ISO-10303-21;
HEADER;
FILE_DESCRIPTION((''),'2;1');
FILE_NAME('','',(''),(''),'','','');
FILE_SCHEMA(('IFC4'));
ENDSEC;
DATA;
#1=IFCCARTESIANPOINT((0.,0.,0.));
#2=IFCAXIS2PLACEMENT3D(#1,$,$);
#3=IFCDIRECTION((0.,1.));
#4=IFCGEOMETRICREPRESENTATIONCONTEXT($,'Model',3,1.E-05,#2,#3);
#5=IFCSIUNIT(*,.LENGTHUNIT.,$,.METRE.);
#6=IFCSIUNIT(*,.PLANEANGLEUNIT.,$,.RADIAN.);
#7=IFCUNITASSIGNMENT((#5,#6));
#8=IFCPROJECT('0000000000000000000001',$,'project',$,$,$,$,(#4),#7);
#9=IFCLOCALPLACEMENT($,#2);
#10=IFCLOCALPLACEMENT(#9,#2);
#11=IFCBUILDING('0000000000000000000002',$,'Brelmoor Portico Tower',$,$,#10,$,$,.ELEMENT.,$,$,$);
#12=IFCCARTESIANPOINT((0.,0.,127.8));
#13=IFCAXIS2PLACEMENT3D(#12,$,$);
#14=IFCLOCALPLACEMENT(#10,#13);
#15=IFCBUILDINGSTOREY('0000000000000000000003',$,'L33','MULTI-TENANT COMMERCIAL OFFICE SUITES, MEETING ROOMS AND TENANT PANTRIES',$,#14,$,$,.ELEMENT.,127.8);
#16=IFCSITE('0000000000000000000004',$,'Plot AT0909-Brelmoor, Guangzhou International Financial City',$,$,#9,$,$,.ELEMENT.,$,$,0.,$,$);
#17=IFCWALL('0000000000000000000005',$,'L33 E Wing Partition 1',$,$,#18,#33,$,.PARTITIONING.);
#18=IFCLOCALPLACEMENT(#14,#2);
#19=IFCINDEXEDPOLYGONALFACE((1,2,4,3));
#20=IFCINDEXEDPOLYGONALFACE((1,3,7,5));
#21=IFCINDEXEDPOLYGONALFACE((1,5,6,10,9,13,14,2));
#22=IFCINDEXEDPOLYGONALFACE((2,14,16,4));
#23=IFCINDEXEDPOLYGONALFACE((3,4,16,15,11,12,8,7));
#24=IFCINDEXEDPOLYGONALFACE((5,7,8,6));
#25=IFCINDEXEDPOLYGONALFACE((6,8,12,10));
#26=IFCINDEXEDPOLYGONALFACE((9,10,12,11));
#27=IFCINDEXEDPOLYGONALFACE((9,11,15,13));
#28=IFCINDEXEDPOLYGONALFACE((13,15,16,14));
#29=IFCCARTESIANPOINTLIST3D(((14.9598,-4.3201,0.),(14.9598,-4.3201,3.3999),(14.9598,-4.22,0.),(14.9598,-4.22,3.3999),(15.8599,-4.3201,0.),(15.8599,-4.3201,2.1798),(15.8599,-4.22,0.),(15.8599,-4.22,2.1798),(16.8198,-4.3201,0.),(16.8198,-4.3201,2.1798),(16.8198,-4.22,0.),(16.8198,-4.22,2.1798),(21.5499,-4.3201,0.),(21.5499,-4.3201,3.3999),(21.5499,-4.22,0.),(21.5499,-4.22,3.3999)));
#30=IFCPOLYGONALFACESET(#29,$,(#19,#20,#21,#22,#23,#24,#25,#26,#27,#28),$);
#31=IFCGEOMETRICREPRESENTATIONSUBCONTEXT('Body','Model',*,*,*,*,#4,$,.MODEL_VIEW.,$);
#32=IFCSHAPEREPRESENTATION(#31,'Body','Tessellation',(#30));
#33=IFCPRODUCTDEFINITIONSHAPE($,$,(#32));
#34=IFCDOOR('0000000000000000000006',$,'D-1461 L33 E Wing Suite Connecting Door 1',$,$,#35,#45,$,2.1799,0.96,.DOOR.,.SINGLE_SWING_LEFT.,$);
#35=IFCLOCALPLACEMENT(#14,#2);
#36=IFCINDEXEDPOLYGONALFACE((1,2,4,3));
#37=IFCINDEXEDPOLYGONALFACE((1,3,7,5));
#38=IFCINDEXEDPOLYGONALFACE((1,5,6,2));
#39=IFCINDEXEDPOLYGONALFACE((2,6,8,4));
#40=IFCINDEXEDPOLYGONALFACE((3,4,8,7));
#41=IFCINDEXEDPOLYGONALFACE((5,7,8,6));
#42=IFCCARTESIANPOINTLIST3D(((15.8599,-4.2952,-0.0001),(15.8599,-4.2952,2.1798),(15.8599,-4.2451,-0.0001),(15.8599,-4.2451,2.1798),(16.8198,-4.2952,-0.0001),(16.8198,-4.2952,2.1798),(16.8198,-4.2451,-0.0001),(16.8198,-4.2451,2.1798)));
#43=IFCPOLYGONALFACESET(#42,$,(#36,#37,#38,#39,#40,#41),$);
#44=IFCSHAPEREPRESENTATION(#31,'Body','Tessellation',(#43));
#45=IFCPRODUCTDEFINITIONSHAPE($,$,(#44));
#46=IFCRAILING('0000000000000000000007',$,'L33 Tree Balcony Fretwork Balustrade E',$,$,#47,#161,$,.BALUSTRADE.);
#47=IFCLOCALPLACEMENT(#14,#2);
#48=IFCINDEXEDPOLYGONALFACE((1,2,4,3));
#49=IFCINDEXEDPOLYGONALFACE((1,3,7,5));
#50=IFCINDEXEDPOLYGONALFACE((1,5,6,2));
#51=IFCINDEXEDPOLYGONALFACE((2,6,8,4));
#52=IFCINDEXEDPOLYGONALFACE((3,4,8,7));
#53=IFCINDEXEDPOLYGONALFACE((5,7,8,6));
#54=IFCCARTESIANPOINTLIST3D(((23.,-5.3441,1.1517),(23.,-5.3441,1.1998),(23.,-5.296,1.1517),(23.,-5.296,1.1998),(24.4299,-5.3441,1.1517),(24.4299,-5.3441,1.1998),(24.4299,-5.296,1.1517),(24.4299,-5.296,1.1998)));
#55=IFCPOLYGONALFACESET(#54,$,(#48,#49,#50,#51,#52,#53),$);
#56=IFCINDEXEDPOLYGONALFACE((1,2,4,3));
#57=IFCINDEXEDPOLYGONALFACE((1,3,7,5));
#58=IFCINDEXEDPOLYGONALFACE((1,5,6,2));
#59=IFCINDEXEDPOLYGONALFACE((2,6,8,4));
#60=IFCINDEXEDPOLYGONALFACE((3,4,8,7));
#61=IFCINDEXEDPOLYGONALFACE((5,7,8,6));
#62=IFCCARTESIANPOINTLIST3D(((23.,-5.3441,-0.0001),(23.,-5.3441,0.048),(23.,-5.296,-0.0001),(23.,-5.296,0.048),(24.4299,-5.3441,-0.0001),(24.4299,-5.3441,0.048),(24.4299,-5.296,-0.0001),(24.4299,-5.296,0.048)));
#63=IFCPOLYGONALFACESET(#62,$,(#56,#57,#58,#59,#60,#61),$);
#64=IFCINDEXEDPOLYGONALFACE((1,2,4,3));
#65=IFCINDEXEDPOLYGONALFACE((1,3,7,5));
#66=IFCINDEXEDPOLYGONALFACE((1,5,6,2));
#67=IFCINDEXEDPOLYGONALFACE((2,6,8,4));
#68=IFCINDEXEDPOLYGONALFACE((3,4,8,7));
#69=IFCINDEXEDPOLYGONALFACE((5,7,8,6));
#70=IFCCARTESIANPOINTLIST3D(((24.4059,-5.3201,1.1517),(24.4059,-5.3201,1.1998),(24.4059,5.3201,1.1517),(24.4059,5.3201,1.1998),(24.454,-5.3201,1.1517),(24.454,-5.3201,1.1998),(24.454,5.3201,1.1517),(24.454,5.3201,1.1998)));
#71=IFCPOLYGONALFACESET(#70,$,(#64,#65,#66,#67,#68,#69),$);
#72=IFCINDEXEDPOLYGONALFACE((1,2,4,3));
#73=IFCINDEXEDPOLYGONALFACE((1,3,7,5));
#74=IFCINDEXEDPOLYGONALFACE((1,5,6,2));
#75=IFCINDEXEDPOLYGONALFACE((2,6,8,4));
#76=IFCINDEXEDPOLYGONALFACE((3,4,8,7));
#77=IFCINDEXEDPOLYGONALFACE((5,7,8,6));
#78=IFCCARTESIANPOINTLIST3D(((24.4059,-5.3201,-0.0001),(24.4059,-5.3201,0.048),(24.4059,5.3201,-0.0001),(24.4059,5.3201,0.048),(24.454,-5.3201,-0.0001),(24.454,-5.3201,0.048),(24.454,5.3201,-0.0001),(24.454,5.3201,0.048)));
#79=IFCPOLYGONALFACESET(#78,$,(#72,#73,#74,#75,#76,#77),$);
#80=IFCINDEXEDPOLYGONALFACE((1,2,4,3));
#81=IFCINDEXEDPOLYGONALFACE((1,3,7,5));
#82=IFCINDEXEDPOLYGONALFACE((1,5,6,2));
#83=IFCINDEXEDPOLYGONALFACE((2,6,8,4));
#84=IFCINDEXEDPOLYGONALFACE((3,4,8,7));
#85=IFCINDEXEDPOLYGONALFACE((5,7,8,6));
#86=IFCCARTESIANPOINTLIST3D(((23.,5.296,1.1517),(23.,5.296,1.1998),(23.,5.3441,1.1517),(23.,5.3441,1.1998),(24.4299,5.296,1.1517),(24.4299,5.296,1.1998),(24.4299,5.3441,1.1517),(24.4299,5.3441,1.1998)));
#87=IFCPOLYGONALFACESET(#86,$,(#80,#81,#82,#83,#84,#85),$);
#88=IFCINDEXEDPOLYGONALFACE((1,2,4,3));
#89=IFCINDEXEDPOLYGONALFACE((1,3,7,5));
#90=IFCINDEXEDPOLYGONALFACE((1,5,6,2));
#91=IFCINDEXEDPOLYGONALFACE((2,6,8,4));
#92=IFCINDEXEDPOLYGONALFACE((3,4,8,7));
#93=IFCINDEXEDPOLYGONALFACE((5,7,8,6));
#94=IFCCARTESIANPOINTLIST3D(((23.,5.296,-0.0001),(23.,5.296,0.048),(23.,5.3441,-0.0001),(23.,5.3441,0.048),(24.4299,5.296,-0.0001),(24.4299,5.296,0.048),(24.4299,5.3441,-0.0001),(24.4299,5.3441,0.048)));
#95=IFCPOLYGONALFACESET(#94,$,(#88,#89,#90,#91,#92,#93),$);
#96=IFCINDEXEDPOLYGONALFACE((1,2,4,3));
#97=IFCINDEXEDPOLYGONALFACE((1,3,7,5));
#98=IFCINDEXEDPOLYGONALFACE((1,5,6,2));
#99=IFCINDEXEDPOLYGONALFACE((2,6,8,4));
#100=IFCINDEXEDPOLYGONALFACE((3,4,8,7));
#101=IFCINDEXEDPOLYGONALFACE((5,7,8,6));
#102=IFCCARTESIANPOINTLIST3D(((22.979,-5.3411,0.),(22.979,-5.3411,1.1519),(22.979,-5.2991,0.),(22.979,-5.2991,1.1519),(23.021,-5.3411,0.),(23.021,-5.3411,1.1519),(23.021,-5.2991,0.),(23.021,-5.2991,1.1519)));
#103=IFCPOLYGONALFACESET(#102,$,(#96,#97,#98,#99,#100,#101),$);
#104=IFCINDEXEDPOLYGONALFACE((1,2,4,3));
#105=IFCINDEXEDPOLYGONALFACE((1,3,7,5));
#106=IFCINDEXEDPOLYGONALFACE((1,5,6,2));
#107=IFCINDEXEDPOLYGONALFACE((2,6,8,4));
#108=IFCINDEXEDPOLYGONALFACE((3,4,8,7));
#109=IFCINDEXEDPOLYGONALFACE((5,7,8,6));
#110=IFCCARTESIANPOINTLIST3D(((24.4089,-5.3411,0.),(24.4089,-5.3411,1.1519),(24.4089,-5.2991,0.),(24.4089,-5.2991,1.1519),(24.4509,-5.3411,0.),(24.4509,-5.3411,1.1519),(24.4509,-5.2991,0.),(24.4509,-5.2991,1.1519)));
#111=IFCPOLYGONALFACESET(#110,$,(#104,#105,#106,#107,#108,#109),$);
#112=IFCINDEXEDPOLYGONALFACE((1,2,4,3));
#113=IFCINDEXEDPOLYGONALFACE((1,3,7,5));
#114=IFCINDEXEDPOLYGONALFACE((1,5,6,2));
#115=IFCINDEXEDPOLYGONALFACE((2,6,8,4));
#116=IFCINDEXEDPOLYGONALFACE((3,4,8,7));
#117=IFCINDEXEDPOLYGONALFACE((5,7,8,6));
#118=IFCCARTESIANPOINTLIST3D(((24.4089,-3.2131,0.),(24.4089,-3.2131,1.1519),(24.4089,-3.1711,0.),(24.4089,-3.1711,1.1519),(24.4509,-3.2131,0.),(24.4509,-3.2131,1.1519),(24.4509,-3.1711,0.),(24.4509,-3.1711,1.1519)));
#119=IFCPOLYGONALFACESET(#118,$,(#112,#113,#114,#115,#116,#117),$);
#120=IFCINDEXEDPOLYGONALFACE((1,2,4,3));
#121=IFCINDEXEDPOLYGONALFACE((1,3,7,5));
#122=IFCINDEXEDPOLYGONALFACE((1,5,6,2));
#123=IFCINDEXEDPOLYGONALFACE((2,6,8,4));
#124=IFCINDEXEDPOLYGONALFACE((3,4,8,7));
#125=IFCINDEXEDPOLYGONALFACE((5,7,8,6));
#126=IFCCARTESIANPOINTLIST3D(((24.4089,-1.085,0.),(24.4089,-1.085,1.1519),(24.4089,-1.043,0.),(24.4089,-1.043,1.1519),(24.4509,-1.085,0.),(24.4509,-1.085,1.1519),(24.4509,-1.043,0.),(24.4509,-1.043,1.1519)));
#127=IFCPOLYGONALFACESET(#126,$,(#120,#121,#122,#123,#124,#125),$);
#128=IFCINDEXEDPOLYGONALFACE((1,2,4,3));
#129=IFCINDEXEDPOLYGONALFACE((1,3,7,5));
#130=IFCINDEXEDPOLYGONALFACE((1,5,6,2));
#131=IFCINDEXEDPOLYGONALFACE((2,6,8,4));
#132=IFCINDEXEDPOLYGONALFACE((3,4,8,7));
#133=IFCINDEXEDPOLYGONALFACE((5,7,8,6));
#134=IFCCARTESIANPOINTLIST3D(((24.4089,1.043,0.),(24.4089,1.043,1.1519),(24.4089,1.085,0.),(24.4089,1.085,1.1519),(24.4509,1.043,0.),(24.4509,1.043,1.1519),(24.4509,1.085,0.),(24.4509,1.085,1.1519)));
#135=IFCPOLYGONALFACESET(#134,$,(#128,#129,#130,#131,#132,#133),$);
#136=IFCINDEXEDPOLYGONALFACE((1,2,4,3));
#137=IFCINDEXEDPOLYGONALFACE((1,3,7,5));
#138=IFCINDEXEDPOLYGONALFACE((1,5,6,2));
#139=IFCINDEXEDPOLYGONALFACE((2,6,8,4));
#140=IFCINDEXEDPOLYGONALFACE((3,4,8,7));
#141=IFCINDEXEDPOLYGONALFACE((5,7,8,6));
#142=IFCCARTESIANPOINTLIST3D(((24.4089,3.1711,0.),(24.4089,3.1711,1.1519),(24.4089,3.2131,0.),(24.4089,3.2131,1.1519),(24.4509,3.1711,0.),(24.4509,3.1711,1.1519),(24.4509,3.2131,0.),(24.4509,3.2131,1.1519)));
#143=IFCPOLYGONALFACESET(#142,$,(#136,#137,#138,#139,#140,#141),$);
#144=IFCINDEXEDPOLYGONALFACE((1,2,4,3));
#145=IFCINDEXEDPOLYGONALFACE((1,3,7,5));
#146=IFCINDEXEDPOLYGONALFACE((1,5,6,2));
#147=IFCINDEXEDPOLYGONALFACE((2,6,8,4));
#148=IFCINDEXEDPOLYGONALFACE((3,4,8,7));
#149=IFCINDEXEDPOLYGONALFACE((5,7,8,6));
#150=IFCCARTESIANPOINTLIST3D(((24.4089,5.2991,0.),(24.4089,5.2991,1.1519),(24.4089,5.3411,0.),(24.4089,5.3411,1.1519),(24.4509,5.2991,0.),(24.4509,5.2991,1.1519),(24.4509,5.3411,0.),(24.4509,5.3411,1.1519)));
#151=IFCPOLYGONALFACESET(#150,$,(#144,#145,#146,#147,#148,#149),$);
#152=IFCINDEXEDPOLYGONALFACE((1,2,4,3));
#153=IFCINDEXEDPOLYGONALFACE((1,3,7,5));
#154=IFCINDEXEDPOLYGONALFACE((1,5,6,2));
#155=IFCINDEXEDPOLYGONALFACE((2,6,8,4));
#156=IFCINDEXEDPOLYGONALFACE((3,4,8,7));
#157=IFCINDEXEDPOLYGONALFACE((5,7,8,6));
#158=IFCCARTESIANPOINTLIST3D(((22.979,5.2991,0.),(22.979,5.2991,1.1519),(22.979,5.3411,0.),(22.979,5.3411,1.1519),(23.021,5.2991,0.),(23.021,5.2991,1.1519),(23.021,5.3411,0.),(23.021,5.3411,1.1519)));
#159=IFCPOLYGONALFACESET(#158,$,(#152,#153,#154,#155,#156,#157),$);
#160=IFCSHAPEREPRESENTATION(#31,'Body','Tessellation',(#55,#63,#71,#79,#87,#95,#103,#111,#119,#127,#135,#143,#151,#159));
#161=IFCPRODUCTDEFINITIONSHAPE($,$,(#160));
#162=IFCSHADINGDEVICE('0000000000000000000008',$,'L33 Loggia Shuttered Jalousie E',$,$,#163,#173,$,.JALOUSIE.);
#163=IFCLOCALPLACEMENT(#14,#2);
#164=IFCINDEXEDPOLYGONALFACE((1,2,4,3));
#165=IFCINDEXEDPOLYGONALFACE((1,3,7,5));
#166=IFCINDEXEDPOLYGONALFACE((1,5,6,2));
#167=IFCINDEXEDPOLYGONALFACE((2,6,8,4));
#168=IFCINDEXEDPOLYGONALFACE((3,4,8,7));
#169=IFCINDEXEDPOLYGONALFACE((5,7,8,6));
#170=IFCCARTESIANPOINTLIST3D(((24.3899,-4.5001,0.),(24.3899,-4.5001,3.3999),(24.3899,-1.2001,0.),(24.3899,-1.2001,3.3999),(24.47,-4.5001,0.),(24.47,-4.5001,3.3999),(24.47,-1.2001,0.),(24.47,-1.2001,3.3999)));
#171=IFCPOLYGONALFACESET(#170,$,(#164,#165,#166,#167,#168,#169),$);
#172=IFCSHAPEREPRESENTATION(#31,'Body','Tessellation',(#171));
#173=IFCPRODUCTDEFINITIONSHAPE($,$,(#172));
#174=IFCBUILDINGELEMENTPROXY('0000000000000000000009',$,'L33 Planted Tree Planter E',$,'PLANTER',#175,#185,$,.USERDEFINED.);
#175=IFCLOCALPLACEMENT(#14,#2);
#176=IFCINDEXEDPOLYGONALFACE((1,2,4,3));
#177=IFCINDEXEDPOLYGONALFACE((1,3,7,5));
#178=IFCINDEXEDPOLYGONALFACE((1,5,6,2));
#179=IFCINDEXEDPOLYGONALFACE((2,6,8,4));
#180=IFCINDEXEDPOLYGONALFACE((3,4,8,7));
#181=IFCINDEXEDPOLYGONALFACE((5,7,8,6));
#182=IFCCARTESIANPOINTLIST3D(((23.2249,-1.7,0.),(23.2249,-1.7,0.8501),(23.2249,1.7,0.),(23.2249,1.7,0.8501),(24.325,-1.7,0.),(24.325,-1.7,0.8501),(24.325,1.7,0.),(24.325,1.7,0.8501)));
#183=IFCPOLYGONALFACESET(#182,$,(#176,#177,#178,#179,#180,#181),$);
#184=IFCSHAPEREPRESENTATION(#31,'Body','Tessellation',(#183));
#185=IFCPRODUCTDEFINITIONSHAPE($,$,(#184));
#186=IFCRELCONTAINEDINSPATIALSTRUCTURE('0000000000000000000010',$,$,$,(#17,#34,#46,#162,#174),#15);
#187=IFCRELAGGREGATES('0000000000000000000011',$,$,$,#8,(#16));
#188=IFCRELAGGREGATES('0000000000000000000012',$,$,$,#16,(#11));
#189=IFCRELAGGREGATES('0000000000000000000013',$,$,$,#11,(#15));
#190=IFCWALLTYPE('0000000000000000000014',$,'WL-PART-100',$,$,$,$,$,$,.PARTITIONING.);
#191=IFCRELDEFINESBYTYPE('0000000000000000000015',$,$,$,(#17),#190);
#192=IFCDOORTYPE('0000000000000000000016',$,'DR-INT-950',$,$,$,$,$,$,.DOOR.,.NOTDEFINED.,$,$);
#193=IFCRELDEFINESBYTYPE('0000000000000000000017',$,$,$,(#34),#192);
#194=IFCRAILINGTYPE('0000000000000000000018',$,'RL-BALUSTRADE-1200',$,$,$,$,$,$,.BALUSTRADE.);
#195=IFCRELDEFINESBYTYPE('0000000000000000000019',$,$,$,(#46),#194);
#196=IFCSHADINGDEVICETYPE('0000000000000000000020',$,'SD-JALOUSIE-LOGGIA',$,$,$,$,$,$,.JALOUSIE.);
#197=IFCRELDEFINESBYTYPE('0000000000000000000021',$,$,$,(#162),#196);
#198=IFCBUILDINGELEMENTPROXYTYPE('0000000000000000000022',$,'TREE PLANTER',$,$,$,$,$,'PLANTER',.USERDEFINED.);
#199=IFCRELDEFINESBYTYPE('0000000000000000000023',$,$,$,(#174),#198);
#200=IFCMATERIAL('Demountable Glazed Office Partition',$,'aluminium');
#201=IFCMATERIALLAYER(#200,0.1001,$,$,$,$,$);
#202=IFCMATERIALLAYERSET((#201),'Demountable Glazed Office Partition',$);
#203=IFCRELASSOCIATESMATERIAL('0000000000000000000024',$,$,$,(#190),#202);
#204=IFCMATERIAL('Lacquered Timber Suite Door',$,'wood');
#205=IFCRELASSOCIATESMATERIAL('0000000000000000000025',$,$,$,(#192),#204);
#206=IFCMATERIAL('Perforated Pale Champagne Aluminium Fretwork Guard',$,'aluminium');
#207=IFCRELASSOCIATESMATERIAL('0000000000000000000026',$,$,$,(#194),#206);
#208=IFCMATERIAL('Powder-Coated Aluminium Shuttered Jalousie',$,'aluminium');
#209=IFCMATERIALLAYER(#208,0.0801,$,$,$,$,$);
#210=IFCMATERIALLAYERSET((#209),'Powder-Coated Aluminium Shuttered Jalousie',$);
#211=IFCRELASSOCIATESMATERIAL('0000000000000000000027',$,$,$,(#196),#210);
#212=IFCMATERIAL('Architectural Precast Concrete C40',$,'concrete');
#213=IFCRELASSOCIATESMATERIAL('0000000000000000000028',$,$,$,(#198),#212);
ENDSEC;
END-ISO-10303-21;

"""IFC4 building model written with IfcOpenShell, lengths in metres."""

from ifc_helpers import new_model, si_unit, direction, frame, frame_2d, origin, origin_2d, place, context, subcontext, project, spatial, rectangle, extrude, material, layer, layer_set, type_object, element, fill, save


model = new_model("IFC4")

# Units and contexts
model_context = context("Model", 3, precision=1e-05, world=origin(), true_north=direction((0.0, 1.0)))
body_context = subcontext(model_context, "Body", "Model", "MODEL_VIEW")
ifc_project = project(units=[si_unit("LENGTHUNIT", "METRE"), si_unit("PLANEANGLEUNIT", "RADIAN")], contexts=[model_context])

# Site, building, storey
site_placement = place(None, origin())
site = spatial("IfcSite", under=ifc_project, at=site_placement, Name="Plot AT0909-Brelmoor, Guangzhou International Financial City", CompositionType="ELEMENT", RefElevation=0.0)
building_placement = place(site_placement, origin())
building = spatial("IfcBuilding", under=site, at=building_placement, Name="Brelmoor Portico Tower", CompositionType="ELEMENT")
storey_placement = place(building_placement, frame((0.0, 0.0, 127.8)))
storey = spatial("IfcBuildingStorey", under=building, at=storey_placement, Name="L33", Description="MULTI-TENANT COMMERCIAL OFFICE SUITES, MEETING ROOMS AND TENANT PANTRIES", CompositionType="ELEMENT", Elevation=127.8)

# Wall, opening, door
ifc_material_1 = material(Name="Demountable Glazed Office Partition", Category="aluminium")
ifc_layer_1 = layer(ifc_material_1, 0.1001)
ifc_layer_set_1 = layer_set([ifc_layer_1], Name="Demountable Glazed Office Partition")
wall_type_1 = type_object("IfcWallType", Name="WL-PART-100", PredefinedType="PARTITIONING", material=ifc_layer_set_1)
wall_1_placement = place(storey_placement, frame((14.96, -4.27, 0.0), z_axis=(0.0, 0.0, 1.0), x_axis=(1.0, 0.0, 0.0)))
wall_1 = element("IfcWall", 1, at=wall_1_placement, inside=storey, type_object=wall_type_1, Name="L33 E Wing Partition 1", PredefinedType="PARTITIONING", context=body_context, shape_type="SweptSolid", body=[
    extrude(rectangle(XDim=6.5901, YDim=0.1001, at=frame_2d((3.2949, 0.0))), origin(), (0.0, 0.0, 1.0), 3.3999),
])
opening_1_placement = place(wall_1_placement, frame((0.8999, 0.0, 0.0)))
opening_1 = element("IfcOpeningElement", 2, at=opening_1_placement, cuts=wall_1, PredefinedType="OPENING", context=body_context, shape_type="SweptSolid", body=[
    extrude(rectangle(XDim=0.96, YDim=2.1799, at=frame_2d((0.48, 1.0898))), frame((0.0, 0.0601, 0.0), z_axis=(0.0, -1.0, 0.0), x_axis=(1.0, 0.0, 0.0)), (0.0, 0.0, 1.0), 0.1201),
])
ifc_material_2 = material(Name="Lacquered Timber Suite Door", Category="wood")
door_type_1 = type_object("IfcDoorType", Name="DR-INT-950", OperationType="NOTDEFINED", PredefinedType="DOOR", material=ifc_material_2)
door_1_placement = place(opening_1_placement, origin())
door_1 = element("IfcDoor", 3, at=door_1_placement, inside=storey, type_object=door_type_1, Name="D-1461 L33 E Wing Suite Connecting Door 1", OperationType="SINGLE_SWING_LEFT", OverallHeight=2.1799, OverallWidth=0.96, PredefinedType="DOOR", context=body_context, shape_type="SweptSolid", body=[
    extrude(rectangle(XDim=0.96, YDim=2.1799, at=frame_2d((0.48, 1.0898))), frame((0.0, 0.0249, 0.0), z_axis=(0.0, -1.0, 0.0), x_axis=(1.0, 0.0, 0.0)), (0.0, 0.0, 1.0), 0.05),
])
fill(opening_1, door_1)

# Railing
ifc_material_3 = material(Name="Perforated Pale Champagne Aluminium Fretwork Guard", Category="aluminium")
railing_type = type_object("IfcRailingType", Name="RL-BALUSTRADE-1200", PredefinedType="BALUSTRADE", material=ifc_material_3)
railing_placement = place(storey_placement, frame((23.0, -5.3201, 0.0)))
element("IfcRailing", 4, at=railing_placement, inside=storey, type_object=railing_type, Name="L33 Tree Balcony Fretwork Balustrade E", PredefinedType="BALUSTRADE", context=body_context, shape_type="SweptSolid", body=[
    extrude(rectangle(XDim=0.0481, YDim=0.0481, at=origin_2d()), frame((0.0, 0.0, 1.1758), z_axis=(1.0, 0.0, 0.0), x_axis=(0.0, 1.0, 0.0)), (0.0, 0.0, 1.0), 1.4299),
    extrude(rectangle(XDim=0.0481, YDim=0.0481, at=origin_2d()), frame((0.0, 0.0, 0.0239), z_axis=(1.0, 0.0, 0.0), x_axis=(0.0, 1.0, 0.0)), (0.0, 0.0, 1.0), 1.4299),
    extrude(rectangle(XDim=0.0481, YDim=0.0481, at=origin_2d()), frame((1.4299, 0.0, 1.1758), z_axis=(0.0, 1.0, 0.0), x_axis=(-1.0, 0.0, 0.0)), (0.0, 0.0, 1.0), 10.6401),
    extrude(rectangle(XDim=0.0481, YDim=0.0481, at=origin_2d()), frame((1.4299, 0.0, 0.0239), z_axis=(0.0, 1.0, 0.0), x_axis=(-1.0, 0.0, 0.0)), (0.0, 0.0, 1.0), 10.6401),
    extrude(rectangle(XDim=0.0481, YDim=0.0481, at=origin_2d()), frame((1.4299, 10.6401, 1.1758), z_axis=(-1.0, 0.0, 0.0), x_axis=(0.0, -1.0, 0.0)), (0.0, 0.0, 1.0), 1.4299),
    extrude(rectangle(XDim=0.0481, YDim=0.0481, at=origin_2d()), frame((1.4299, 10.6401, 0.0239), z_axis=(-1.0, 0.0, 0.0), x_axis=(0.0, -1.0, 0.0)), (0.0, 0.0, 1.0), 1.4299),
    extrude(rectangle(XDim=0.042, YDim=0.042, at=origin_2d()), origin(), (0.0, 0.0, 1.0), 1.1519),
    extrude(rectangle(XDim=0.042, YDim=0.042, at=origin_2d()), frame((1.4299, 0.0, 0.0)), (0.0, 0.0, 1.0), 1.1519),
    extrude(rectangle(XDim=0.042, YDim=0.042, at=origin_2d()), frame((1.4299, 2.1279, 0.0)), (0.0, 0.0, 1.0), 1.1519),
    extrude(rectangle(XDim=0.042, YDim=0.042, at=origin_2d()), frame((1.4299, 4.2561, 0.0)), (0.0, 0.0, 1.0), 1.1519),
    extrude(rectangle(XDim=0.042, YDim=0.042, at=origin_2d()), frame((1.4299, 6.384, 0.0)), (0.0, 0.0, 1.0), 1.1519),
    extrude(rectangle(XDim=0.042, YDim=0.042, at=origin_2d()), frame((1.4299, 8.5122, 0.0)), (0.0, 0.0, 1.0), 1.1519),
    extrude(rectangle(XDim=0.042, YDim=0.042, at=origin_2d()), frame((1.4299, 10.6401, 0.0)), (0.0, 0.0, 1.0), 1.1519),
    extrude(rectangle(XDim=0.042, YDim=0.042, at=origin_2d()), frame((0.0, 10.6401, 0.0)), (0.0, 0.0, 1.0), 1.1519),
])

# Shading device
ifc_material_4 = material(Name="Powder-Coated Aluminium Shuttered Jalousie", Category="aluminium")
ifc_layer_2 = layer(ifc_material_4, 0.0801)
ifc_layer_set_2 = layer_set([ifc_layer_2], Name="Powder-Coated Aluminium Shuttered Jalousie")
shading_device_type = type_object("IfcShadingDeviceType", Name="SD-JALOUSIE-LOGGIA", PredefinedType="JALOUSIE", material=ifc_layer_set_2)
shading_device_placement = place(storey_placement, frame((24.4299, -2.8501, 0.0), z_axis=(0.0, 0.0, 1.0), x_axis=(0.0, 1.0, 0.0)))
element("IfcShadingDevice", 5, at=shading_device_placement, inside=storey, type_object=shading_device_type, Name="L33 Loggia Shuttered Jalousie E", PredefinedType="JALOUSIE", context=body_context, shape_type="SweptSolid", body=[
    extrude(rectangle(XDim=3.3, YDim=0.0801, at=origin_2d()), origin(), (0.0, 0.0, 1.0), 3.3999),
])

# Building element proxy
ifc_material_5 = material(Name="Architectural Precast Concrete C40", Category="concrete")
building_element_proxy_type = type_object("IfcBuildingElementProxyType", Name="TREE PLANTER", ElementType="PLANTER", PredefinedType="USERDEFINED", material=ifc_material_5)
proxy_placement = place(storey_placement, frame((23.7749, 0.0, 0.0), z_axis=(0.0, 0.0, 1.0), x_axis=(0.0, 1.0, 0.0)))
element("IfcBuildingElementProxy", 6, at=proxy_placement, inside=storey, type_object=building_element_proxy_type, Name="L33 Planted Tree Planter E", ObjectType="PLANTER", PredefinedType="USERDEFINED", context=body_context, shape_type="SweptSolid", body=[
    extrude(rectangle(XDim=3.3999, YDim=1.1001, at=origin_2d()), origin(), (0.0, 0.0, 1.0), 0.8501),
])

save(model, "model.ifc")
